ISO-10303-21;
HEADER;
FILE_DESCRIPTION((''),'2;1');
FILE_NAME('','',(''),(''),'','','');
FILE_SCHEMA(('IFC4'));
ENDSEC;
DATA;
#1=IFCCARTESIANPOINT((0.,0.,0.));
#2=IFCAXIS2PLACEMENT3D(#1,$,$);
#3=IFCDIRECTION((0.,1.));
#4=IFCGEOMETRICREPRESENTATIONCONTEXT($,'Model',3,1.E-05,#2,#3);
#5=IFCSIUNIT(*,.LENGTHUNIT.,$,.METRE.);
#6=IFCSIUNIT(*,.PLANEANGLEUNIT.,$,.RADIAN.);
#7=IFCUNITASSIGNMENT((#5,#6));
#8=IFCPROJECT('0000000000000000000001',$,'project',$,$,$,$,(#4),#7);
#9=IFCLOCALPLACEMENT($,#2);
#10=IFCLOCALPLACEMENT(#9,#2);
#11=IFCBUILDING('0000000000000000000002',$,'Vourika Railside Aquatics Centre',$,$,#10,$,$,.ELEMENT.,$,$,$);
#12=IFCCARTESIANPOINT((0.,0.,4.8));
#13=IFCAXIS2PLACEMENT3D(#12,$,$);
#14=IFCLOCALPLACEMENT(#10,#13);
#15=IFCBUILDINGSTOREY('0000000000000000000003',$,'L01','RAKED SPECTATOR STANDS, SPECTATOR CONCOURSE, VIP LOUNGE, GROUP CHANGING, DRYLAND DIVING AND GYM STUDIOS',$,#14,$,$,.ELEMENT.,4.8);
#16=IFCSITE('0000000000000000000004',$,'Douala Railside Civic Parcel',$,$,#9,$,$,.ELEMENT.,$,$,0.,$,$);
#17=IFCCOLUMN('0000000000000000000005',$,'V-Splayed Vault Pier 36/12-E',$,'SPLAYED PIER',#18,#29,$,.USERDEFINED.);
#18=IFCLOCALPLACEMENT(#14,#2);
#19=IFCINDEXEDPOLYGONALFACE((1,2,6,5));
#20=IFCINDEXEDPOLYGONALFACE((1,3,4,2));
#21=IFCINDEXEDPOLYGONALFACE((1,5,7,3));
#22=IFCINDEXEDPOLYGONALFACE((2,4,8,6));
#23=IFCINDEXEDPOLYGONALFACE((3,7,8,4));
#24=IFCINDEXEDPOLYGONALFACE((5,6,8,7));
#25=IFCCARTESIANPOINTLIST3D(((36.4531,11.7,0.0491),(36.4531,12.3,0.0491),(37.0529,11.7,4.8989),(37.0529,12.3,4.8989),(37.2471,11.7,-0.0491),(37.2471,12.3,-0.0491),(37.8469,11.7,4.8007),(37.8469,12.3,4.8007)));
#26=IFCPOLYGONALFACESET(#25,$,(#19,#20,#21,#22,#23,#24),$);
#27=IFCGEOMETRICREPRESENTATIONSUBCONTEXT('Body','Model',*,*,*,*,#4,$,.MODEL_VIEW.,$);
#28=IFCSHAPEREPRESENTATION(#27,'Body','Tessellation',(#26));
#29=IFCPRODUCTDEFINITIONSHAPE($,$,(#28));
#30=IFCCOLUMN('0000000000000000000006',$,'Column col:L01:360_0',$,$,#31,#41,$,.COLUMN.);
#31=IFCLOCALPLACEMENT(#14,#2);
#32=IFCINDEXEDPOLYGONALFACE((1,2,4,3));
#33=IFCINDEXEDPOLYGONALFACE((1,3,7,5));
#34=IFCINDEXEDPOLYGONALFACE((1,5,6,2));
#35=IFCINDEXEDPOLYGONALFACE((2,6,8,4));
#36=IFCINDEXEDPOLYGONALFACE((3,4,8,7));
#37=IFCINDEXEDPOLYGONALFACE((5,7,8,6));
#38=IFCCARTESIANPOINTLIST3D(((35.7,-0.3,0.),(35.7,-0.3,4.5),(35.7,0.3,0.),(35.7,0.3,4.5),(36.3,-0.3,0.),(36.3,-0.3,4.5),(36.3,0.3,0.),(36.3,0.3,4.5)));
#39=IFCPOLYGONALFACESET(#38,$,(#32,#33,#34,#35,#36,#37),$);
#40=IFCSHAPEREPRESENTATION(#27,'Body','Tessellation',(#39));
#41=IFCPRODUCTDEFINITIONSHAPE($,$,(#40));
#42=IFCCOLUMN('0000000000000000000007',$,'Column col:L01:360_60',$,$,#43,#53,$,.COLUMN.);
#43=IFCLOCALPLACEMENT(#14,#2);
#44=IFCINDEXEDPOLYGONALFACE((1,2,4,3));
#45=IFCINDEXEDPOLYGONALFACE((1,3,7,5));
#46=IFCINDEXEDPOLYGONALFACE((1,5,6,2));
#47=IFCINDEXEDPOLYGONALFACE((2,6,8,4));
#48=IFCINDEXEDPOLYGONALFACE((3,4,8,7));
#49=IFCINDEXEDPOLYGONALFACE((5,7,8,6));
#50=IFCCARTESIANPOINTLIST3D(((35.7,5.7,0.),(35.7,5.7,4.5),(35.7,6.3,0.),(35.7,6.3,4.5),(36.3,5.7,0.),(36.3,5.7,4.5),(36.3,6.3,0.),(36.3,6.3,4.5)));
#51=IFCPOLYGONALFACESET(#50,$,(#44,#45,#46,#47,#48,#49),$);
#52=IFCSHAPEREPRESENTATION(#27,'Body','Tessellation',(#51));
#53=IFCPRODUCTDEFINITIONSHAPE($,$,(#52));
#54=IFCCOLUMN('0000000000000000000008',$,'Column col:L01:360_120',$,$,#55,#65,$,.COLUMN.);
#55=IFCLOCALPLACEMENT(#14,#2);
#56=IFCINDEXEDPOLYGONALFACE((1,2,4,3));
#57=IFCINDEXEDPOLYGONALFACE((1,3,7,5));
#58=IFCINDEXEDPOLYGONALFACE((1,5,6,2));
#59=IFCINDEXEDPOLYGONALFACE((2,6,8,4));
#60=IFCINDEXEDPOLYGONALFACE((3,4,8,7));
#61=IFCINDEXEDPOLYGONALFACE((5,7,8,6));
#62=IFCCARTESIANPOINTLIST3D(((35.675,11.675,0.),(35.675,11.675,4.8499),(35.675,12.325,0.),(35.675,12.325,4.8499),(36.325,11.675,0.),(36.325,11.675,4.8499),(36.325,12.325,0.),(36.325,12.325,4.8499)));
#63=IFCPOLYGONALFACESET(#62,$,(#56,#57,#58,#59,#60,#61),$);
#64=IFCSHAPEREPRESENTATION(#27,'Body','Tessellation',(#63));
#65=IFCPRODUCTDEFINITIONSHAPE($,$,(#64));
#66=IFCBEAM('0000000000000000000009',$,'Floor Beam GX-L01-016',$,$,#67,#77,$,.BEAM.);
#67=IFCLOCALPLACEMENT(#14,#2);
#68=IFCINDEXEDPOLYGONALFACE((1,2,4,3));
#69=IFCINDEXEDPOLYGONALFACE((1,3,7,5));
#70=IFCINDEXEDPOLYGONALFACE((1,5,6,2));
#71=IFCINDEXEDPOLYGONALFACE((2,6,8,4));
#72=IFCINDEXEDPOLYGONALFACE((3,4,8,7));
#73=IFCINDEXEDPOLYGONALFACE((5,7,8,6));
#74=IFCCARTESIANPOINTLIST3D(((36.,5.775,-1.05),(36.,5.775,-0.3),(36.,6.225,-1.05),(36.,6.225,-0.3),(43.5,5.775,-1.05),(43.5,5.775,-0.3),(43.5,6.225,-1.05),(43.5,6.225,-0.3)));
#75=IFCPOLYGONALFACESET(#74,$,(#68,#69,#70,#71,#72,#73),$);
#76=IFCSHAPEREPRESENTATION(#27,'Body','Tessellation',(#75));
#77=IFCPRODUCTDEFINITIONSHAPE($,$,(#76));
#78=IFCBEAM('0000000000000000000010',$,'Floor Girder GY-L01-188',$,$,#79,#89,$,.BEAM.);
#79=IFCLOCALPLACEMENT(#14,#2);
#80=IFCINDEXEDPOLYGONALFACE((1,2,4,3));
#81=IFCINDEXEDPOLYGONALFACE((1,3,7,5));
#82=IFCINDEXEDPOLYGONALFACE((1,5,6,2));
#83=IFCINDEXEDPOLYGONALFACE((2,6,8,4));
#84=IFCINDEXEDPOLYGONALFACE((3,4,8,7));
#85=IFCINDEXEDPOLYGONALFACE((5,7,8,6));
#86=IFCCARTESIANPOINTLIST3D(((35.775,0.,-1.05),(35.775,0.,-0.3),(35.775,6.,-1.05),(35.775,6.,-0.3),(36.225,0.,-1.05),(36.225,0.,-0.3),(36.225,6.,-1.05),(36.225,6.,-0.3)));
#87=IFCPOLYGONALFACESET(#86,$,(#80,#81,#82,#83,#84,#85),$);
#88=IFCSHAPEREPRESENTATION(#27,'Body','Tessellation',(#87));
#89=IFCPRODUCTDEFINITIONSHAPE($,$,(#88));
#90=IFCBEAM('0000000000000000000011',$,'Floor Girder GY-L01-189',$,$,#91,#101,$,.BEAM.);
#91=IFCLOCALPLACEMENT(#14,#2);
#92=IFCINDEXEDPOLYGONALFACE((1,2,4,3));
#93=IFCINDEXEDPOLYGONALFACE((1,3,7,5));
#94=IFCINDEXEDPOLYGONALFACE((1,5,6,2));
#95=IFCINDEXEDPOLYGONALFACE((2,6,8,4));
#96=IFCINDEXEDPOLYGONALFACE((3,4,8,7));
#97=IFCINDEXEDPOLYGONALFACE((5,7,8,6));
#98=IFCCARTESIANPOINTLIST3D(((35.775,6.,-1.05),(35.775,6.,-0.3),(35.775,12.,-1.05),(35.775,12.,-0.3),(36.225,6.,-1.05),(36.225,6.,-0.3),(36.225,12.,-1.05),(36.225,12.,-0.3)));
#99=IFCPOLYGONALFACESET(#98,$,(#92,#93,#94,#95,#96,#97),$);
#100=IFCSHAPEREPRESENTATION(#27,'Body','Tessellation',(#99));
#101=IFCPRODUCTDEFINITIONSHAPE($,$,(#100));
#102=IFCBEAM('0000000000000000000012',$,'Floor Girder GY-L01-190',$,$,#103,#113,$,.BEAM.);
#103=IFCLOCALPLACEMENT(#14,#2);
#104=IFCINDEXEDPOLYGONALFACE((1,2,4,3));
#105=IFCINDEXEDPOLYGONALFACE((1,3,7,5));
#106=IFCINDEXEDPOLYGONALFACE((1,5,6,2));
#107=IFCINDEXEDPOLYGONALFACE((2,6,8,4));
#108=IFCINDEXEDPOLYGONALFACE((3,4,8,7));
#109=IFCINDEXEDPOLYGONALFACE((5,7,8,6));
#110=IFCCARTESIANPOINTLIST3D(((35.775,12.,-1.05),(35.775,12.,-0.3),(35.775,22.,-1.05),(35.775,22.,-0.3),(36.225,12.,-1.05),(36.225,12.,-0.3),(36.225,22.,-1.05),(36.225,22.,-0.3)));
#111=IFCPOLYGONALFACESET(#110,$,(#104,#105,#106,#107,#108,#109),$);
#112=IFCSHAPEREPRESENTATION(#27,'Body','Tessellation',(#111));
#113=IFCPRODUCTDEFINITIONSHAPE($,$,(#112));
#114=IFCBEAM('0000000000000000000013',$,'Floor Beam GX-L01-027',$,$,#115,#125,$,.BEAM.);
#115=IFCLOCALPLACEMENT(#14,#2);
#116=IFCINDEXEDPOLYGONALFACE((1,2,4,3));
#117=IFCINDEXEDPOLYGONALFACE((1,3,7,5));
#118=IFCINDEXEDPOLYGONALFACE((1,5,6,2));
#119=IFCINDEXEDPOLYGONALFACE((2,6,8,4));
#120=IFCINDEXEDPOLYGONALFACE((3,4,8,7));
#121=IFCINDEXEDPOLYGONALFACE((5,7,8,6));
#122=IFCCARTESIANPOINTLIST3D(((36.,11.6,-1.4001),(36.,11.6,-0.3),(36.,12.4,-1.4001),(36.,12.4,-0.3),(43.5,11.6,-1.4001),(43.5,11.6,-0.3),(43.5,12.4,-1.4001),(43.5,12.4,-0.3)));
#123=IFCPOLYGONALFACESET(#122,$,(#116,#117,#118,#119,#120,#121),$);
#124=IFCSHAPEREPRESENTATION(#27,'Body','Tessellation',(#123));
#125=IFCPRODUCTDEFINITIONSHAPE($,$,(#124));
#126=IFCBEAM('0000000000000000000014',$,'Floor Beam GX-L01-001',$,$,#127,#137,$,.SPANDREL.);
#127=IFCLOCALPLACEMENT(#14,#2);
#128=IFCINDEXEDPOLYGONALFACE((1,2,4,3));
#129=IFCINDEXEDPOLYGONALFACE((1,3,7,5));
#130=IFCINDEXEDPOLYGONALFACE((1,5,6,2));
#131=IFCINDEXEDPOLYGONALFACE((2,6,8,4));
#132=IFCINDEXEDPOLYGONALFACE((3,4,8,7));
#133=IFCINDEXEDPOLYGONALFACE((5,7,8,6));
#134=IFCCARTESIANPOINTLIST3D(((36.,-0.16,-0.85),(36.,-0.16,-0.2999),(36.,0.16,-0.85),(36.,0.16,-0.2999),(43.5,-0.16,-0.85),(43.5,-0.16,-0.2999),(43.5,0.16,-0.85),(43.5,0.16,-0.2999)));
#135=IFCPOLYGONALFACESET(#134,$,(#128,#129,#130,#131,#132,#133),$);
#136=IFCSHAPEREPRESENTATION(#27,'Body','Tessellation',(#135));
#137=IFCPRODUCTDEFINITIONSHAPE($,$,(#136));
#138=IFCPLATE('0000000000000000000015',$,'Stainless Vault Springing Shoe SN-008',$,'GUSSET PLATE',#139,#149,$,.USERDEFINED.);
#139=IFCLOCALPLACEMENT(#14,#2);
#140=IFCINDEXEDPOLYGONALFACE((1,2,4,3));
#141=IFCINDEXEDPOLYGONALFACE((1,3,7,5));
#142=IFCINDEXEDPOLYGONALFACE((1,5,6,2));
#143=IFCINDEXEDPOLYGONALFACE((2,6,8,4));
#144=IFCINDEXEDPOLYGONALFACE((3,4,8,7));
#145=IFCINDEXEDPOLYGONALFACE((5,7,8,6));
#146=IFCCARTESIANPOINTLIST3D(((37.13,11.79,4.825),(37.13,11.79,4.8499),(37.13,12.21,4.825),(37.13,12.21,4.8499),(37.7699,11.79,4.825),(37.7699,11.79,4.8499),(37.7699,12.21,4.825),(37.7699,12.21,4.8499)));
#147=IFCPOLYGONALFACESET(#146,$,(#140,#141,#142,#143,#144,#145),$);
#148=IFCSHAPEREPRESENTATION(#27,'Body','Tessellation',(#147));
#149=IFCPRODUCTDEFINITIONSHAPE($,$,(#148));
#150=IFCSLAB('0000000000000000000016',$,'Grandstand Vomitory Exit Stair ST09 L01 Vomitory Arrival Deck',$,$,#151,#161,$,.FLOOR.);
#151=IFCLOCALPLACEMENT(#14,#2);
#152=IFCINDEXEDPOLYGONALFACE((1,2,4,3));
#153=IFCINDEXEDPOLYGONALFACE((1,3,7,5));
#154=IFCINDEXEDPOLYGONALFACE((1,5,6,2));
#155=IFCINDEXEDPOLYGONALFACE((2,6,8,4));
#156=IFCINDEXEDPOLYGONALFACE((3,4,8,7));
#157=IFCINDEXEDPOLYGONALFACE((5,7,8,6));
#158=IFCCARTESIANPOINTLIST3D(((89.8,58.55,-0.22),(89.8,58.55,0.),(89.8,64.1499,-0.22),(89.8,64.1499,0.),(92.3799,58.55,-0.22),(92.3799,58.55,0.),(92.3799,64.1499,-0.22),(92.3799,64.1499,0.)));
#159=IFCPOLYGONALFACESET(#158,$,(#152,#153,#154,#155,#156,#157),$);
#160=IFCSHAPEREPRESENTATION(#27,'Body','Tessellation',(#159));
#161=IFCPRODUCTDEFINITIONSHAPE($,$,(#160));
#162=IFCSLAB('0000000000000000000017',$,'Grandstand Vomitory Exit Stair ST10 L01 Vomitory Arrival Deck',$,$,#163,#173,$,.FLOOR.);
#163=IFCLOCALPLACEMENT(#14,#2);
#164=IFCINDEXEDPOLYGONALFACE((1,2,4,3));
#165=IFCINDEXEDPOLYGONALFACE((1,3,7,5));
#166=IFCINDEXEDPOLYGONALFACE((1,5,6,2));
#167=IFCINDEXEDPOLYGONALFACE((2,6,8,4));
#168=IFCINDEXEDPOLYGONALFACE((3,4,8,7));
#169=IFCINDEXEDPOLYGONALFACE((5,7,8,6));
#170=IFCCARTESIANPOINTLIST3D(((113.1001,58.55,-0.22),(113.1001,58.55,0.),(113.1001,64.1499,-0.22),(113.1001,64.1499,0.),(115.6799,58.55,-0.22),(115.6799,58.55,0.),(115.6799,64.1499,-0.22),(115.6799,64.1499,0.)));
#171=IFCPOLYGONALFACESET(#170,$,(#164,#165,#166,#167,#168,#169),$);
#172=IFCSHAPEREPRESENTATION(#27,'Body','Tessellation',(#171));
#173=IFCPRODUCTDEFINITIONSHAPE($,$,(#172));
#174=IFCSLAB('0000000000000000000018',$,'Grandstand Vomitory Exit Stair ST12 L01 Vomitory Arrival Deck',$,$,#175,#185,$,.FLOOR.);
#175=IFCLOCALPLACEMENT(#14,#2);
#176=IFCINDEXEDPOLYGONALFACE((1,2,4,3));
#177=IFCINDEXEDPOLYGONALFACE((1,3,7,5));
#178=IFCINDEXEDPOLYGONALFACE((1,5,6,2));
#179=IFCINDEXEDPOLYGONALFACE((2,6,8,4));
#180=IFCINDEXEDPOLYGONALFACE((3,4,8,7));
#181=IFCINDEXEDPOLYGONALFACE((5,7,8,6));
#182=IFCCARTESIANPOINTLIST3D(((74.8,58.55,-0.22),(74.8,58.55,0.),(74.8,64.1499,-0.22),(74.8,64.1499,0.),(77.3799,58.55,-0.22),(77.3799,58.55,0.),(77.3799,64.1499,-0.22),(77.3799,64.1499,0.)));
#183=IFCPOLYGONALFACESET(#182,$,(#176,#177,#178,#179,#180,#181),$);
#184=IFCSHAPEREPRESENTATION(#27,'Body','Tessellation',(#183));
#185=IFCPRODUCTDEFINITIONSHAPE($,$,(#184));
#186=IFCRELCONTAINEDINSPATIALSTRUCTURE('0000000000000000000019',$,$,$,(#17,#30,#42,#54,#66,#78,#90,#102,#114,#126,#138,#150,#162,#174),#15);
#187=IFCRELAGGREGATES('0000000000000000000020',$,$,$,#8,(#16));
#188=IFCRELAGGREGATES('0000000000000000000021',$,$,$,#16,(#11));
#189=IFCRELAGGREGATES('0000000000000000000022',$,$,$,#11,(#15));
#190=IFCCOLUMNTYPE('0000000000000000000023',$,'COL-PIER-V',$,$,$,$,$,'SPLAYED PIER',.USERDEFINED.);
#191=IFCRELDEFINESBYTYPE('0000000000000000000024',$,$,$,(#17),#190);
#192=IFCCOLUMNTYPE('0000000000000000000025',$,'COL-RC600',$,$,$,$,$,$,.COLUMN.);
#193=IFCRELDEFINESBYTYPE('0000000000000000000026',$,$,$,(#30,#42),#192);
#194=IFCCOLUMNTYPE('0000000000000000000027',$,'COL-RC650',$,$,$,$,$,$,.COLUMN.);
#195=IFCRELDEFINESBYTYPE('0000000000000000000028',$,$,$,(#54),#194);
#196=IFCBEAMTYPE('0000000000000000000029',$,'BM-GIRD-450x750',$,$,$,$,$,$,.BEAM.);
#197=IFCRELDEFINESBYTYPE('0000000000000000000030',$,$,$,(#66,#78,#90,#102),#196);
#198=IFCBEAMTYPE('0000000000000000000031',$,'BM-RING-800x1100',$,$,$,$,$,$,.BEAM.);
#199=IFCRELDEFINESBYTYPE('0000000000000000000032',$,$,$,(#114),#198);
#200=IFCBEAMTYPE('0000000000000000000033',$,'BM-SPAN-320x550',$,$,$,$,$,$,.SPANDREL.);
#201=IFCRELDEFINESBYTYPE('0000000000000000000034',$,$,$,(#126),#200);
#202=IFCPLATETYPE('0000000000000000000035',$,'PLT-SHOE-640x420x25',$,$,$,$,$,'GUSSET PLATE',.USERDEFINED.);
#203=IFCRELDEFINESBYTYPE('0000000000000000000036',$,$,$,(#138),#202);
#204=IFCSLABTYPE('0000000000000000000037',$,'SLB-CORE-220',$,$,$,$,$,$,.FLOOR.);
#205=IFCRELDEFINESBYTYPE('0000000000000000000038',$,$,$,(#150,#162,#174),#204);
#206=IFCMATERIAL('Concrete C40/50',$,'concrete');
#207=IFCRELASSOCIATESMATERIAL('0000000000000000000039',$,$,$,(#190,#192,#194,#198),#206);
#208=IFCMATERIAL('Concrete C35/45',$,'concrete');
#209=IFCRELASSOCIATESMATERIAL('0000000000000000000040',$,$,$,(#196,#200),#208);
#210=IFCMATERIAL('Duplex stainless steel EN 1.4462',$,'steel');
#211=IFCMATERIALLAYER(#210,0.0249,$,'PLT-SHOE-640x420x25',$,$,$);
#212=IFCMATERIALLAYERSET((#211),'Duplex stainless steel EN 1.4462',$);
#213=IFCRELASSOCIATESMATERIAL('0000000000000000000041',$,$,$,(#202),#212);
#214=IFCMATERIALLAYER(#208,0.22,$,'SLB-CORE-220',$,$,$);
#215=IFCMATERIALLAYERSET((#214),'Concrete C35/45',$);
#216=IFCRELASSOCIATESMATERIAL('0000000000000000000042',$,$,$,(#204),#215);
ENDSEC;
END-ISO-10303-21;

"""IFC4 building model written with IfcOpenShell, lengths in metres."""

from ifc_helpers import new_model, si_unit, direction, frame, origin, origin_2d, place, context, subcontext, project, spatial, polyline, rectangle, outline, extrude, material, layer, layer_set, material_profile, profile_set, type_object, element, save


model = new_model("IFC4")

# Units and contexts
model_context = context("Model", 3, precision=1e-05, world=origin(), true_north=direction((0.0, 1.0)))
body_context = subcontext(model_context, "Body", "Model", "MODEL_VIEW")
ifc_project = project(units=[si_unit("LENGTHUNIT", "METRE"), si_unit("PLANEANGLEUNIT", "RADIAN")], contexts=[model_context])

# Site, building, storey
site_placement = place(None, origin())
site = spatial("IfcSite", under=ifc_project, at=site_placement, Name="Douala Railside Civic Parcel", CompositionType="ELEMENT", RefElevation=0.0)
building_placement = place(site_placement, origin())
building = spatial("IfcBuilding", under=site, at=building_placement, Name="Vourika Railside Aquatics Centre", CompositionType="ELEMENT")
storey_placement = place(building_placement, frame((0.0, 0.0, 4.8)))
storey = spatial("IfcBuildingStorey", under=building, at=storey_placement, Name="L01", Description="RAKED SPECTATOR STANDS, SPECTATOR CONCOURSE, VIP LOUNGE, GROUP CHANGING, DRYLAND DIVING AND GYM STUDIOS", CompositionType="ELEMENT", Elevation=4.8)

# Columns
ifc_material_1 = material(Name="Concrete C40/50", Category="concrete")
ifc_material_profile_1 = material_profile(ifc_material_1, rectangle(XDim=0.6001, YDim=0.8, at=origin_2d()), Name="RC 600x800")
ifc_profile_set_1 = profile_set([ifc_material_profile_1], Name="Concrete C40/50")
column_type_1 = type_object("IfcColumnType", Name="COL-PIER-V", ElementType="SPLAYED PIER", PredefinedType="USERDEFINED", material=ifc_profile_set_1)
column_1_placement = place(storey_placement, frame((36.8501, 12.0, 0.0), z_axis=(0.12275, 0.0, 0.992438), x_axis=(0.0, 1.0, 0.0)))
element("IfcColumn", 1, at=column_1_placement, inside=storey, type_object=column_type_1, Name="V-Splayed Vault Pier 36/12-E", ObjectType="SPLAYED PIER", PredefinedType="USERDEFINED", context=body_context, shape_type="SweptSolid", body=[
    extrude(rectangle(XDim=0.6001, YDim=0.8, at=origin_2d()), origin(), (0.0, 0.0, 1.0), 4.8867),
])
ifc_material_profile_2 = material_profile(ifc_material_1, rectangle(XDim=0.6001, YDim=0.6001, at=origin_2d()), Name="RC 600x600")
ifc_profile_set_2 = profile_set([ifc_material_profile_2], Name="Concrete C40/50")
column_type_2 = type_object("IfcColumnType", Name="COL-RC600", PredefinedType="COLUMN", material=ifc_profile_set_2)
for number, where, z_axis, x_axis, name in (
    (2, (36.0, 0.0, 0.0), (0.0, 0.0, 1.0), (1.0, 0.0, 0.0), "Column col:L01:360_0"),
    (3, (36.0, 6.0, 0.0), (0.0, 0.0, 1.0), (1.0, 0.0, 0.0), "Column col:L01:360_60"),
):
    element("IfcColumn", number, at=place(storey_placement, frame(where, z_axis=z_axis, x_axis=x_axis)), inside=storey, type_object=column_type_2, Name=name, PredefinedType="COLUMN", context=body_context, shape_type="SweptSolid", body=[
        extrude(rectangle(XDim=0.6001, YDim=0.6001, at=origin_2d()), origin(), (0.0, 0.0, 1.0), 4.5),
    ])
ifc_material_profile_3 = material_profile(ifc_material_1, rectangle(XDim=0.6499, YDim=0.6499, at=origin_2d()), Name="RC 650x650")
ifc_profile_set_3 = profile_set([ifc_material_profile_3], Name="Concrete C40/50")
column_type_3 = type_object("IfcColumnType", Name="COL-RC650", PredefinedType="COLUMN", material=ifc_profile_set_3)
column_2_placement = place(storey_placement, frame((36.0, 12.0, 0.0), z_axis=(0.0, 0.0, 1.0), x_axis=(1.0, 0.0, 0.0)))
element("IfcColumn", 4, at=column_2_placement, inside=storey, type_object=column_type_3, Name="Column col:L01:360_120", PredefinedType="COLUMN", context=body_context, shape_type="SweptSolid", body=[
    extrude(rectangle(XDim=0.6499, YDim=0.6499, at=origin_2d()), origin(), (0.0, 0.0, 1.0), 4.8499),
])

# Beams
ifc_material_2 = material(Name="Concrete C35/45", Category="concrete")
ifc_material_profile_4 = material_profile(ifc_material_2, rectangle(XDim=0.45, YDim=0.75, at=origin_2d()), Name="RC 450x750")
ifc_profile_set_4 = profile_set([ifc_material_profile_4], Name="Concrete C35/45")
beam_type_1 = type_object("IfcBeamType", Name="BM-GIRD-450x750", PredefinedType="BEAM", material=ifc_profile_set_4)
beam_1_placement = place(storey_placement, frame((36.0, 6.0, -0.675), z_axis=(1.0, 0.0, 0.0), x_axis=(0.0, 1.0, 0.0)))
element("IfcBeam", 5, at=beam_1_placement, inside=storey, type_object=beam_type_1, Name="Floor Beam GX-L01-016", PredefinedType="BEAM", context=body_context, shape_type="SweptSolid", body=[
    extrude(rectangle(XDim=0.45, YDim=0.75, at=origin_2d()), origin(), (0.0, 0.0, 1.0), 7.5),
])
for number, where, z_axis, x_axis, name in (
    (6, (36.0, 0.0, -0.675), (0.0, 1.0, 0.0), (-1.0, 0.0, 0.0), "Floor Girder GY-L01-188"),
    (7, (36.0, 6.0, -0.675), (0.0, 1.0, 0.0), (-1.0, 0.0, 0.0), "Floor Girder GY-L01-189"),
):
    element("IfcBeam", number, at=place(storey_placement, frame(where, z_axis=z_axis, x_axis=x_axis)), inside=storey, type_object=beam_type_1, Name=name, PredefinedType="BEAM", context=body_context, shape_type="SweptSolid", body=[
        extrude(rectangle(XDim=0.45, YDim=0.75, at=origin_2d()), origin(), (0.0, 0.0, 1.0), 6.0),
    ])
beam_2_placement = place(storey_placement, frame((36.0, 12.0, -0.675), z_axis=(0.0, 1.0, 0.0), x_axis=(-1.0, 0.0, 0.0)))
element("IfcBeam", 8, at=beam_2_placement, inside=storey, type_object=beam_type_1, Name="Floor Girder GY-L01-190", PredefinedType="BEAM", context=body_context, shape_type="SweptSolid", body=[
    extrude(rectangle(XDim=0.45, YDim=0.75, at=origin_2d()), origin(), (0.0, 0.0, 1.0), 10.0),
])
ifc_material_profile_5 = material_profile(ifc_material_1, rectangle(XDim=0.8, YDim=1.1001, at=origin_2d()), Name="RC 800x1100")
ifc_profile_set_5 = profile_set([ifc_material_profile_5], Name="Concrete C40/50")
beam_type_2 = type_object("IfcBeamType", Name="BM-RING-800x1100", PredefinedType="BEAM", material=ifc_profile_set_5)
beam_3_placement = place(storey_placement, frame((36.0, 12.0, -0.8501), z_axis=(1.0, 0.0, 0.0), x_axis=(0.0, 1.0, 0.0)))
element("IfcBeam", 9, at=beam_3_placement, inside=storey, type_object=beam_type_2, Name="Floor Beam GX-L01-027", PredefinedType="BEAM", context=body_context, shape_type="SweptSolid", body=[
    extrude(rectangle(XDim=0.8, YDim=1.1001, at=origin_2d()), origin(), (0.0, 0.0, 1.0), 7.5),
])
ifc_material_profile_6 = material_profile(ifc_material_2, rectangle(XDim=0.3201, YDim=0.55, at=origin_2d()), Name="RC 320x550")
ifc_profile_set_6 = profile_set([ifc_material_profile_6], Name="Concrete C35/45")
beam_type_3 = type_object("IfcBeamType", Name="BM-SPAN-320x550", PredefinedType="SPANDREL", material=ifc_profile_set_6)
beam_4_placement = place(storey_placement, frame((36.0, 0.0, -0.575), z_axis=(1.0, 0.0, 0.0), x_axis=(0.0, 1.0, 0.0)))
element("IfcBeam", 10, at=beam_4_placement, inside=storey, type_object=beam_type_3, Name="Floor Beam GX-L01-001", PredefinedType="SPANDREL", context=body_context, shape_type="SweptSolid", body=[
    extrude(rectangle(XDim=0.3201, YDim=0.55, at=origin_2d()), origin(), (0.0, 0.0, 1.0), 7.5),
])

# Plate
ifc_material_3 = material(Name="Duplex stainless steel EN 1.4462", Category="steel")
ifc_layer_1 = layer(ifc_material_3, 0.0249, Name="PLT-SHOE-640x420x25")
ifc_layer_set_1 = layer_set([ifc_layer_1], Name="Duplex stainless steel EN 1.4462")
plate_type = type_object("IfcPlateType", Name="PLT-SHOE-640x420x25", ElementType="GUSSET PLATE", PredefinedType="USERDEFINED", material=ifc_layer_set_1)
plate_placement = place(storey_placement, frame((37.45, 12.0, 4.825), z_axis=(0.0, 0.0, 1.0), x_axis=(1.0, 0.0, 0.0)))
element("IfcPlate", 11, at=plate_placement, inside=storey, type_object=plate_type, Name="Stainless Vault Springing Shoe SN-008", ObjectType="GUSSET PLATE", PredefinedType="USERDEFINED", context=body_context, shape_type="SweptSolid", body=[
    extrude(rectangle(XDim=0.6399, YDim=0.4199, at=origin_2d()), origin(), (0.0, 0.0, 1.0), 0.0249),
])

# Slabs
ifc_layer_2 = layer(ifc_material_2, 0.22, Name="SLB-CORE-220")
ifc_layer_set_2 = layer_set([ifc_layer_2], Name="Concrete C35/45")
slab_type_1 = type_object("IfcSlabType", Name="SLB-CORE-220", PredefinedType="FLOOR", material=ifc_layer_set_2)
slab_1_placement = place(storey_placement, frame((0.0, 0.0, -0.22)))
element("IfcSlab", 12, at=slab_1_placement, inside=storey, type_object=slab_type_1, Name="Grandstand Vomitory Exit Stair ST09 L01 Vomitory Arrival Deck", PredefinedType="FLOOR", context=body_context, shape_type="SweptSolid", body=[
    extrude(outline(polyline([(89.8, 58.55), (92.3799, 58.55), (92.3799, 64.1499), (89.8, 64.1499), (89.8, 58.55)])), origin(), (0.0, 0.0, 1.0), 0.22),
])
slab_2_placement = place(storey_placement, frame((0.0, 0.0, -0.22)))
element("IfcSlab", 13, at=slab_2_placement, inside=storey, type_object=slab_type_1, Name="Grandstand Vomitory Exit Stair ST10 L01 Vomitory Arrival Deck", PredefinedType="FLOOR", context=body_context, shape_type="SweptSolid", body=[
    extrude(outline(polyline([(113.1001, 58.55), (115.6799, 58.55), (115.6799, 64.1499), (113.1001, 64.1499), (113.1001, 58.55)])), origin(), (0.0, 0.0, 1.0), 0.22),
])
slab_3_placement = place(storey_placement, frame((0.0, 0.0, -0.22)))
element("IfcSlab", 14, at=slab_3_placement, inside=storey, type_object=slab_type_1, Name="Grandstand Vomitory Exit Stair ST12 L01 Vomitory Arrival Deck", PredefinedType="FLOOR", context=body_context, shape_type="SweptSolid", body=[
    extrude(outline(polyline([(74.8, 58.55), (77.3799, 58.55), (77.3799, 64.1499), (74.8, 64.1499), (74.8, 58.55)])), origin(), (0.0, 0.0, 1.0), 0.22),
])

save(model, "model.ifc")
